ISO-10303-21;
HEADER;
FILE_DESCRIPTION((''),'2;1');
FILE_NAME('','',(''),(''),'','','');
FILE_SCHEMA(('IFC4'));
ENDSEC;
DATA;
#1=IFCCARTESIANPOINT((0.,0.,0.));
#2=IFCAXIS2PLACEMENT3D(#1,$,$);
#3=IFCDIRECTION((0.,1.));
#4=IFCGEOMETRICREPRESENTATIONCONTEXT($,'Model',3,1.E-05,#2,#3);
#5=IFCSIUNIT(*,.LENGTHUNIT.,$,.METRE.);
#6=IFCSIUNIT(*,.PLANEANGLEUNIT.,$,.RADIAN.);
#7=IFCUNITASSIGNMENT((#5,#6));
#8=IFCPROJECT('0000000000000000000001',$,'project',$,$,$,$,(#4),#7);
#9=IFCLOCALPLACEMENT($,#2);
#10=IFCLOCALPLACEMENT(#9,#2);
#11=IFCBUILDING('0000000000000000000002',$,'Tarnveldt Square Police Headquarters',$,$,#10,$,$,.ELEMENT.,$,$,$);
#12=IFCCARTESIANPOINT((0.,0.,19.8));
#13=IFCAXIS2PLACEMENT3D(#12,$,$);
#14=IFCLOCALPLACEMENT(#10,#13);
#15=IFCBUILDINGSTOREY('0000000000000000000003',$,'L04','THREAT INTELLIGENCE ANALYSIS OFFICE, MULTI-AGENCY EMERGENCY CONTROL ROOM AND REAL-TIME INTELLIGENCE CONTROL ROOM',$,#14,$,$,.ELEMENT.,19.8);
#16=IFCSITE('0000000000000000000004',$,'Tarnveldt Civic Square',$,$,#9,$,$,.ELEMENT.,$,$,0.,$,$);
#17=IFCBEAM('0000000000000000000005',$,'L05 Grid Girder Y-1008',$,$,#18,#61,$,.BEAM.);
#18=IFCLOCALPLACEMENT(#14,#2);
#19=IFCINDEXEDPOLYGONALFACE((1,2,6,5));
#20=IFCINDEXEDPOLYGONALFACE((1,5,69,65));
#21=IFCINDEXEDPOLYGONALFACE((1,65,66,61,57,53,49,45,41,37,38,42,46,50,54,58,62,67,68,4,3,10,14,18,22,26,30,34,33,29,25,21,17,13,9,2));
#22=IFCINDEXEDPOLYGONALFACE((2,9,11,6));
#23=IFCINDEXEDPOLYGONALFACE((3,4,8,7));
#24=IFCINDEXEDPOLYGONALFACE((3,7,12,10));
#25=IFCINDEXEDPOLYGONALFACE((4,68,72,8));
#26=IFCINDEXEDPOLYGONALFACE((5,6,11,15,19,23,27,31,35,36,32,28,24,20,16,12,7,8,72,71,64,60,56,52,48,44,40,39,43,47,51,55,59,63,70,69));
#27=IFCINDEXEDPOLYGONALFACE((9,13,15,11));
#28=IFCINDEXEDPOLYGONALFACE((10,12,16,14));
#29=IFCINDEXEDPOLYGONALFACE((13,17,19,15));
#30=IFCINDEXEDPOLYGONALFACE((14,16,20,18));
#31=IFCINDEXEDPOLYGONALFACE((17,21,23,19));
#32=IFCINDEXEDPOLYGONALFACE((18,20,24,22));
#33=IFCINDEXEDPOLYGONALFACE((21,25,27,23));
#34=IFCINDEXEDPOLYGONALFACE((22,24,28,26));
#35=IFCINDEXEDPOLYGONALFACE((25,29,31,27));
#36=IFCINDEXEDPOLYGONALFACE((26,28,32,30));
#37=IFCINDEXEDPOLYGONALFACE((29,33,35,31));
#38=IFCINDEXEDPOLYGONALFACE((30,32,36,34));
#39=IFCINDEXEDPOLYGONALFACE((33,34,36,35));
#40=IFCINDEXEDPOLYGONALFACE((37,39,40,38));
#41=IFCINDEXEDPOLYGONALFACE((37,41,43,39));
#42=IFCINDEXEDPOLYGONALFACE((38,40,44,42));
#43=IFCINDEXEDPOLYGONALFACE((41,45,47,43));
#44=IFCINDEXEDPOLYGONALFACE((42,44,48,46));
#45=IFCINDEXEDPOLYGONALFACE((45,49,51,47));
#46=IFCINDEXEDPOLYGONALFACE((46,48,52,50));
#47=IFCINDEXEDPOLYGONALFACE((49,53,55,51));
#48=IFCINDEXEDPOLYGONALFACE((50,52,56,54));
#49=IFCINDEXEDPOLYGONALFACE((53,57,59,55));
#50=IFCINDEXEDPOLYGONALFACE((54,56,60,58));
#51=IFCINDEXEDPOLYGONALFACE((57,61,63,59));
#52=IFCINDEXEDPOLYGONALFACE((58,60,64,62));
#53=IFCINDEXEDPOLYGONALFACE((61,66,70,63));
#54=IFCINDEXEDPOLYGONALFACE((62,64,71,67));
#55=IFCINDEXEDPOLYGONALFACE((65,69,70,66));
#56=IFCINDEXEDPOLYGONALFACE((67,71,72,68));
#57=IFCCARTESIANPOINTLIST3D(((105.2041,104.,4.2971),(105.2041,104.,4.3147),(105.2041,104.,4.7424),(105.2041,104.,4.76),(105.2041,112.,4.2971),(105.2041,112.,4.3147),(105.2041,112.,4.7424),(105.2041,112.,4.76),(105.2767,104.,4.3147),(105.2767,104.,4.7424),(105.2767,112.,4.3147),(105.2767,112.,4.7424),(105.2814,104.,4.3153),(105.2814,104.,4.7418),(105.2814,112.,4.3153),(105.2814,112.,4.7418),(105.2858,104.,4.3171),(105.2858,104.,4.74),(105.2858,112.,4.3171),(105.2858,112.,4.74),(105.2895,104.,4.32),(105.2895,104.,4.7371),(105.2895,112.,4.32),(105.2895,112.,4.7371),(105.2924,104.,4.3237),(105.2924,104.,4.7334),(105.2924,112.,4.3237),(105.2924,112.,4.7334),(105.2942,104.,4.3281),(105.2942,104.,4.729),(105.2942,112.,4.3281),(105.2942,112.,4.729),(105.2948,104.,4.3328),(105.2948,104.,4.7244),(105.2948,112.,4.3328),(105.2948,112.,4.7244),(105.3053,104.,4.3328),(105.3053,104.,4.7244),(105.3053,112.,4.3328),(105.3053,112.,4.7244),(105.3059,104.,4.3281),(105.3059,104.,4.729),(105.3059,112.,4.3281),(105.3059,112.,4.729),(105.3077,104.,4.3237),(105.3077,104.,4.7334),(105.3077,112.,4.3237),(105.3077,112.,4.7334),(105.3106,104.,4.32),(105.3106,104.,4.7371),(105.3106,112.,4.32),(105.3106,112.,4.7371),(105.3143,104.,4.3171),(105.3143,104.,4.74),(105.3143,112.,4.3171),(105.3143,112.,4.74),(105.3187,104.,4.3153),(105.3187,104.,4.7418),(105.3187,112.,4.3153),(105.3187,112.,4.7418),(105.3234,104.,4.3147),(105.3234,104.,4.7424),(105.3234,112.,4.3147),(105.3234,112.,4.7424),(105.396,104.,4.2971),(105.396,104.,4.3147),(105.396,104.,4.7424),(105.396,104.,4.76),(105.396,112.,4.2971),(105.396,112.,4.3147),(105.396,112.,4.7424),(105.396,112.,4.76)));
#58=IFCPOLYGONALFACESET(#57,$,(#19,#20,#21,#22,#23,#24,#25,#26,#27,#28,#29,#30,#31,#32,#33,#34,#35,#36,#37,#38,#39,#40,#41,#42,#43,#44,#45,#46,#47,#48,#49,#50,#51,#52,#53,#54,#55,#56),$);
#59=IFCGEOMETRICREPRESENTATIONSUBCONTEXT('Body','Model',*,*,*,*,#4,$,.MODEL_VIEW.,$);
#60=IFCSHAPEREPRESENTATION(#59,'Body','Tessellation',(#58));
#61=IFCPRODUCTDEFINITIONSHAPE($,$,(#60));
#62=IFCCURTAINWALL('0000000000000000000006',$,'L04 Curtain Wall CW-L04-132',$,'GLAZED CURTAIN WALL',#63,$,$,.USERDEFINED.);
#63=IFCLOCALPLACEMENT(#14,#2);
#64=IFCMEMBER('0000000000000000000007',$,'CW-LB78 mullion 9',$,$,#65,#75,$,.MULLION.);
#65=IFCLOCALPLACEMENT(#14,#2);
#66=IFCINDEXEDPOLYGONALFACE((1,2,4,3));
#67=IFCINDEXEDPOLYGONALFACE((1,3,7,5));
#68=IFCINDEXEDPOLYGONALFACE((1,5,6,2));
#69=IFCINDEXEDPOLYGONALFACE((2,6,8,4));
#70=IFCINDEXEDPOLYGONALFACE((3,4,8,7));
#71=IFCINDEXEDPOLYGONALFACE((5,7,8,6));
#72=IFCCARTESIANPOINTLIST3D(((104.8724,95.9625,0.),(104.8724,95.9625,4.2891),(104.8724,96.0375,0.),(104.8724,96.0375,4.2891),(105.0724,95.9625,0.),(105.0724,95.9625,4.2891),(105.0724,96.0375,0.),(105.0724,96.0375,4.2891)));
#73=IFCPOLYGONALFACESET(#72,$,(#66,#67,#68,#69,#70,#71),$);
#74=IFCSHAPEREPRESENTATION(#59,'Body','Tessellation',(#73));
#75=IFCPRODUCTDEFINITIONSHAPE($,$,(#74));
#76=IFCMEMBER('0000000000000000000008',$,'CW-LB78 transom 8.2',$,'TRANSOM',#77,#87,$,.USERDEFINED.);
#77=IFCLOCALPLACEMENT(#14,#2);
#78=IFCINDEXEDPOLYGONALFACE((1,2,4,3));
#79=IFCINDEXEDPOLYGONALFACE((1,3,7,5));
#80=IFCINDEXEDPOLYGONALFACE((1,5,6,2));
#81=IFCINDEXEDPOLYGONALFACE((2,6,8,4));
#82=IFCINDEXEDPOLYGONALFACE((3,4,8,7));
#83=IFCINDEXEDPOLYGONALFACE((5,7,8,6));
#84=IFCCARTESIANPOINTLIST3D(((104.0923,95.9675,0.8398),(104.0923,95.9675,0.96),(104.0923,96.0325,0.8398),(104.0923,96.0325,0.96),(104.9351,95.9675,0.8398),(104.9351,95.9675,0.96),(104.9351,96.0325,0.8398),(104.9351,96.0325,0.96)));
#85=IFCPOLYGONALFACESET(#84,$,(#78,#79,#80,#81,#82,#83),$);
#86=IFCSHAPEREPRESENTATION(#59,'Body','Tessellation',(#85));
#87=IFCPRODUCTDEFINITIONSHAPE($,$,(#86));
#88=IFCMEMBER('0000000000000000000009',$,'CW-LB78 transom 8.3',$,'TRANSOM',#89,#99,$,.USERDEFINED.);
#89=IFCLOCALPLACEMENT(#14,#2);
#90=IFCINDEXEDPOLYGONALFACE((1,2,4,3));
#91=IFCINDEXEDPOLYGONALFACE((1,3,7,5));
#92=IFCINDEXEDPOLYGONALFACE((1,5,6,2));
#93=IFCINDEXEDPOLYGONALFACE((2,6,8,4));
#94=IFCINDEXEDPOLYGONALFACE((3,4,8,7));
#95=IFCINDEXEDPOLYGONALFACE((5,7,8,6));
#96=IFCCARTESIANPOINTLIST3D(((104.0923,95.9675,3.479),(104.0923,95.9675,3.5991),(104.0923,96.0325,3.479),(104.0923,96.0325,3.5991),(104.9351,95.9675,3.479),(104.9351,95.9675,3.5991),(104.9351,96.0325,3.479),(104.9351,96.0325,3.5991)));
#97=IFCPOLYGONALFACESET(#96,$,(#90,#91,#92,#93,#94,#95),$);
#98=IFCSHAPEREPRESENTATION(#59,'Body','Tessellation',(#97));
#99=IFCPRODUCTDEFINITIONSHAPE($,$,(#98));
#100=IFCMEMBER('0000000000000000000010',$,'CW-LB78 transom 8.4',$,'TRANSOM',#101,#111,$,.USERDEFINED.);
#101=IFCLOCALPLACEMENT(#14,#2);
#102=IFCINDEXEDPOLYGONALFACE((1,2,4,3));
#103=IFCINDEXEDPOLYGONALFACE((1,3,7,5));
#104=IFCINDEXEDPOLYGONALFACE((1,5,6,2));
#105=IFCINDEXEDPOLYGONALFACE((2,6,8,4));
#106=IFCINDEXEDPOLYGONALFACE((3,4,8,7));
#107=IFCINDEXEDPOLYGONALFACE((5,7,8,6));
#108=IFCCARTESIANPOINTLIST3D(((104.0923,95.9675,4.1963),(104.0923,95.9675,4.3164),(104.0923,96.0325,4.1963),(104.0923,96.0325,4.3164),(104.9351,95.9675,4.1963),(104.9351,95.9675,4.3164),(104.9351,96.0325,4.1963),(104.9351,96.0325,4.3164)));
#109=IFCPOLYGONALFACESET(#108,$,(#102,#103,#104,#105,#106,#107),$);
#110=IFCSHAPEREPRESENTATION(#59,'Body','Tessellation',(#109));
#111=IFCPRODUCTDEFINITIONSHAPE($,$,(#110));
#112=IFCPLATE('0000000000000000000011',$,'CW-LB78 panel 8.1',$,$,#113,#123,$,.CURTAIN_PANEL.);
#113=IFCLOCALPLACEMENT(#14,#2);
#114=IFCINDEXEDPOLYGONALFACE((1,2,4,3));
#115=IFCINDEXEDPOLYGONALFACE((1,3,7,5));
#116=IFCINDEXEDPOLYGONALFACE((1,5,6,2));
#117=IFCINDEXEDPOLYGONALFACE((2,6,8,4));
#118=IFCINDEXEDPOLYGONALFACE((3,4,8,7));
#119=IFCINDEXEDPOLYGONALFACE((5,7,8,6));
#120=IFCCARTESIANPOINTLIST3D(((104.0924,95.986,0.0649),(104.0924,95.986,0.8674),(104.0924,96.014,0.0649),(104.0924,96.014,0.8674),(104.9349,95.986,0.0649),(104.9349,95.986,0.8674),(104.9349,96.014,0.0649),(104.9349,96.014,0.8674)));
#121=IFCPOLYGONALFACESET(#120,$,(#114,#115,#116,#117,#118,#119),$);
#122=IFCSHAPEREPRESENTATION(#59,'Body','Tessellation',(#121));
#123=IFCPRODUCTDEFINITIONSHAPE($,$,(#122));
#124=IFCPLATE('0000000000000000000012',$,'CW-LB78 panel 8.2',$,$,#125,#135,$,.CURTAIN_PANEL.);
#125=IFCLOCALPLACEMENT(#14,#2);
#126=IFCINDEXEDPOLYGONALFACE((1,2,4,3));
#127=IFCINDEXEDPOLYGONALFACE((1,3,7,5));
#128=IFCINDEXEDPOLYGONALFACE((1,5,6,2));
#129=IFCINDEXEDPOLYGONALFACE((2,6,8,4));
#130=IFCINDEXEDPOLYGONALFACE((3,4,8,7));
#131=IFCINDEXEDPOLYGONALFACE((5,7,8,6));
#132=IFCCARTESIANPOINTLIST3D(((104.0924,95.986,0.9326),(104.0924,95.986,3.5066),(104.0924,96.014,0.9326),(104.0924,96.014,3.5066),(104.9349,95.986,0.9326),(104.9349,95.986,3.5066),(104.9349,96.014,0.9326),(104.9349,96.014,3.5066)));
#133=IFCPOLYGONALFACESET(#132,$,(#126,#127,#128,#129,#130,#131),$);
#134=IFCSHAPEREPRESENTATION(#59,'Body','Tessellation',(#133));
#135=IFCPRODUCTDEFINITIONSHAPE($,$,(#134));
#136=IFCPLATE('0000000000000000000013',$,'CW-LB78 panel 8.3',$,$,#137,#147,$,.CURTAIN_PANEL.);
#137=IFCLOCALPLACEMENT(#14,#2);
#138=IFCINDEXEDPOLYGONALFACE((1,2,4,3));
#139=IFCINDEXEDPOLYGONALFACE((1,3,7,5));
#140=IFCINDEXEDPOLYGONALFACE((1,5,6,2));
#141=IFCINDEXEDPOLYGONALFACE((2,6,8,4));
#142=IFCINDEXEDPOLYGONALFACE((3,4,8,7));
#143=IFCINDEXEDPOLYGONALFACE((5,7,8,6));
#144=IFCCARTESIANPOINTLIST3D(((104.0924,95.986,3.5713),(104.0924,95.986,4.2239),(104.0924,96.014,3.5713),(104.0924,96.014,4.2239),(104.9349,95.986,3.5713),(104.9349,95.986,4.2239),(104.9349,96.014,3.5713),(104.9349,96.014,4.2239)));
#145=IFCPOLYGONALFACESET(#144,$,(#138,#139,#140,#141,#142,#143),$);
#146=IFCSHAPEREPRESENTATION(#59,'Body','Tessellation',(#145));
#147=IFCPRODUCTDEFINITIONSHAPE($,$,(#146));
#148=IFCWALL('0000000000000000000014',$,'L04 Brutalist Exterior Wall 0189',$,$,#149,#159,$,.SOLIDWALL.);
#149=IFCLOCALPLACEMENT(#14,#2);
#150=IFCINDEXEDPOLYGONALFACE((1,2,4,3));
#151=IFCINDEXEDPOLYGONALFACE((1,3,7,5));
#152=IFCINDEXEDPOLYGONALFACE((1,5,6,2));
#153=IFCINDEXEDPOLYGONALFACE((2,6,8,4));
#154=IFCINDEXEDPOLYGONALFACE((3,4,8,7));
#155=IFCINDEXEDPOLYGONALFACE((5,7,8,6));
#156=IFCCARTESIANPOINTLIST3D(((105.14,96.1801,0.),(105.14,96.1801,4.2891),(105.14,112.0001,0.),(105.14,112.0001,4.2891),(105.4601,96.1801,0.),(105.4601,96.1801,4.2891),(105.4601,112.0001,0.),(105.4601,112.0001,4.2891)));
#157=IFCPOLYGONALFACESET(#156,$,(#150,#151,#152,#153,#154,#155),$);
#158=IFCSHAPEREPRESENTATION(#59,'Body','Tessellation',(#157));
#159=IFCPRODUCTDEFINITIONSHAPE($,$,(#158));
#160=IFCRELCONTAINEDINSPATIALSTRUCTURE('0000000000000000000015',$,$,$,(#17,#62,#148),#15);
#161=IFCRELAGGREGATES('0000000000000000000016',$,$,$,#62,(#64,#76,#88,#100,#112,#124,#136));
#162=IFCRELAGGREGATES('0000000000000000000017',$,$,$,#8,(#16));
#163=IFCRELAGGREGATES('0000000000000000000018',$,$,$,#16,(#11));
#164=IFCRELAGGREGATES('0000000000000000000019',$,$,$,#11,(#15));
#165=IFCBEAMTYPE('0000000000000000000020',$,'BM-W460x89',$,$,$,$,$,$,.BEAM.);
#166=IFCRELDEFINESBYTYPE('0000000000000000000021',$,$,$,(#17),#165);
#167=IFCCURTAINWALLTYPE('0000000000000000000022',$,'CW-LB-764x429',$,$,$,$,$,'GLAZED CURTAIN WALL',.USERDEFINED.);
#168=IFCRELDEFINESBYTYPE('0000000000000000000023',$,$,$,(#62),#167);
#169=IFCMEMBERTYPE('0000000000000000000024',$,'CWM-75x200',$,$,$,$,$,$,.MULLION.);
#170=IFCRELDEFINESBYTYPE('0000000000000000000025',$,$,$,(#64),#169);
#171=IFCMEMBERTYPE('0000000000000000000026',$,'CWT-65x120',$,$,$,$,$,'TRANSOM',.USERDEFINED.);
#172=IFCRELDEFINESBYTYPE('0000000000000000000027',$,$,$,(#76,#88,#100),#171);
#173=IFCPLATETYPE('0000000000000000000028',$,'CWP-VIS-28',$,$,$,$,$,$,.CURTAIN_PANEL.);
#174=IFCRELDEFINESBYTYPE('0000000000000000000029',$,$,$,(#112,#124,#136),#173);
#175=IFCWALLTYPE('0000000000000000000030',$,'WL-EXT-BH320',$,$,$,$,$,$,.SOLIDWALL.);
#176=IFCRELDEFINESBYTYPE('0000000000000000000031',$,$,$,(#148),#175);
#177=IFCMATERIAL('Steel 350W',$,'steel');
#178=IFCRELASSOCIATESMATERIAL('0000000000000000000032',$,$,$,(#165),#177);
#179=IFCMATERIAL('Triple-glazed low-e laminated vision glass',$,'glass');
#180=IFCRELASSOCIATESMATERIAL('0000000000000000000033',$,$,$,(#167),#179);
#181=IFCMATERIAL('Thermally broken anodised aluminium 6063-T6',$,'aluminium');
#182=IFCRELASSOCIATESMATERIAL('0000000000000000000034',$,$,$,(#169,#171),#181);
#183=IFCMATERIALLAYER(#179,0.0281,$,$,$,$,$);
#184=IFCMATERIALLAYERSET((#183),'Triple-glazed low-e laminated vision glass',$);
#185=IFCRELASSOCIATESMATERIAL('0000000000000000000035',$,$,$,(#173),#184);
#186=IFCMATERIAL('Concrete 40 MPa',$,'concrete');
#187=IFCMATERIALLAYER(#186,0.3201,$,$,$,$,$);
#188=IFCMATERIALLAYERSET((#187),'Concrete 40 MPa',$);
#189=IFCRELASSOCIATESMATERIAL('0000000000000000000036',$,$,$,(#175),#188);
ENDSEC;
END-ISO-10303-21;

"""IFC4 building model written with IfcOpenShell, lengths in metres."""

from ifc_helpers import new_model, si_unit, direction, frame, frame_2d, origin, origin_2d, place, context, subcontext, project, spatial, rectangle, i_section, extrude, material, layer, layer_set, material_profile, profile_set, type_object, element, aggregate, save


model = new_model("IFC4")

# Units and contexts
model_context = context("Model", 3, precision=1e-05, world=origin(), true_north=direction((0.0, 1.0)))
body_context = subcontext(model_context, "Body", "Model", "MODEL_VIEW")
ifc_project = project(units=[si_unit("LENGTHUNIT", "METRE"), si_unit("PLANEANGLEUNIT", "RADIAN")], contexts=[model_context])

# Site, building, storey
site_placement = place(None, origin())
site = spatial("IfcSite", under=ifc_project, at=site_placement, Name="Tarnveldt Civic Square", CompositionType="ELEMENT", RefElevation=0.0)
building_placement = place(site_placement, origin())
building = spatial("IfcBuilding", under=site, at=building_placement, Name="Tarnveldt Square Police Headquarters", CompositionType="ELEMENT")
storey_placement = place(building_placement, frame((0.0, 0.0, 19.8)))
storey = spatial("IfcBuildingStorey", under=building, at=storey_placement, Name="L04", Description="THREAT INTELLIGENCE ANALYSIS OFFICE, MULTI-AGENCY EMERGENCY CONTROL ROOM AND REAL-TIME INTELLIGENCE CONTROL ROOM", CompositionType="ELEMENT", Elevation=19.8)

# Shared definitions
ifc_material_1 = material(Name="Concrete 40 MPa", Category="concrete")
ifc_material_2 = material(Name="Steel 350W", Category="steel")

# Beam
ifc_material_profile_1 = material_profile(ifc_material_2, i_section(OverallWidth=0.1919, OverallDepth=0.4629, WebThickness=0.0105, FlangeThickness=0.0176, FilletRadius=0.0181, at=origin_2d()), Name="W460x89")
ifc_profile_set_1 = profile_set([ifc_material_profile_1], Name="Steel 350W")
beam_type = type_object("IfcBeamType", Name="BM-W460x89", PredefinedType="BEAM", material=ifc_profile_set_1)
for number, where, z_axis, x_axis, name in (
    (1, (105.3, 104.0, 4.5286), (0.0, 1.0, 0.0), (-1.0, 0.0, 0.0), "L05 Grid Girder Y-1008"),
):
    element("IfcBeam", number, at=place(storey_placement, frame(where, z_axis=z_axis, x_axis=x_axis)), inside=storey, type_object=beam_type, Name=name, PredefinedType="BEAM", context=body_context, shape_type="SweptSolid", body=[
        extrude(i_section(OverallWidth=0.1919, OverallDepth=0.4629, WebThickness=0.0105, FlangeThickness=0.0176, FilletRadius=0.0181, at=origin_2d()), origin(), (0.0, 0.0, 1.0), 8.0),
    ])

# Curtain wall, members, plates
ifc_material_3 = material(Name="Triple-glazed low-e laminated vision glass", Category="glass")
curtain_wall_type = type_object("IfcCurtainWallType", Name="CW-LB-764x429", ElementType="GLAZED CURTAIN WALL", PredefinedType="USERDEFINED", material=ifc_material_3)
curtain_wall_placement = place(storey_placement, origin())
curtain_wall = element("IfcCurtainWall", 2, at=curtain_wall_placement, inside=storey, type_object=curtain_wall_type, Name="L04 Curtain Wall CW-L04-132", ObjectType="GLAZED CURTAIN WALL", PredefinedType="USERDEFINED")
ifc_material_4 = material(Name="Thermally broken anodised aluminium 6063-T6", Category="aluminium")
ifc_material_profile_2 = material_profile(ifc_material_4, rectangle(XDim=0.075, YDim=0.2, at=origin_2d()), Name="CW-M75x200")
ifc_profile_set_2 = profile_set([ifc_material_profile_2], Name="Thermally broken anodised aluminium 6063-T6")
member_type_1 = type_object("IfcMemberType", Name="CWM-75x200", PredefinedType="MULLION", material=ifc_profile_set_2)
member_1_placement = place(storey_placement, frame((104.9724, 96.0, 0.0), z_axis=(0.0, 0.0, 1.0), x_axis=(0.0, 1.0, 0.0)))
member_1 = element("IfcMember", 3, at=member_1_placement, type_object=member_type_1, Name="CW-LB78 mullion 9", PredefinedType="MULLION", context=body_context, shape_type="SweptSolid", body=[
    extrude(rectangle(XDim=0.075, YDim=0.2, at=origin_2d()), origin(), (0.0, 0.0, 1.0), 4.2891),
])
ifc_material_profile_3 = material_profile(ifc_material_4, rectangle(XDim=0.0649, YDim=0.1201, at=origin_2d()), Name="CW-T65x120")
ifc_profile_set_3 = profile_set([ifc_material_profile_3], Name="Thermally broken anodised aluminium 6063-T6")
member_type_2 = type_object("IfcMemberType", Name="CWT-65x120", ElementType="TRANSOM", PredefinedType="USERDEFINED", material=ifc_profile_set_3)
member_2_placement = place(storey_placement, frame((104.0923, 96.0, 0.8999), z_axis=(1.0, 0.0, 0.0), x_axis=(0.0, 1.0, 0.0)))
member_2 = element("IfcMember", 4, at=member_2_placement, type_object=member_type_2, Name="CW-LB78 transom 8.2", ObjectType="TRANSOM", PredefinedType="USERDEFINED", context=body_context, shape_type="SweptSolid", body=[
    extrude(rectangle(XDim=0.0649, YDim=0.1201, at=origin_2d()), origin(), (0.0, 0.0, 1.0), 0.8428),
])
member_3_placement = place(storey_placement, frame((104.0923, 96.0, 3.5391), z_axis=(1.0, 0.0, 0.0), x_axis=(0.0, 1.0, 0.0)))
member_3 = element("IfcMember", 5, at=member_3_placement, type_object=member_type_2, Name="CW-LB78 transom 8.3", ObjectType="TRANSOM", PredefinedType="USERDEFINED", context=body_context, shape_type="SweptSolid", body=[
    extrude(rectangle(XDim=0.0649, YDim=0.1201, at=origin_2d()), origin(), (0.0, 0.0, 1.0), 0.8428),
])
member_4_placement = place(storey_placement, frame((104.0923, 96.0, 4.2563), z_axis=(1.0, 0.0, 0.0), x_axis=(0.0, 1.0, 0.0)))
member_4 = element("IfcMember", 6, at=member_4_placement, type_object=member_type_2, Name="CW-LB78 transom 8.4", ObjectType="TRANSOM", PredefinedType="USERDEFINED", context=body_context, shape_type="SweptSolid", body=[
    extrude(rectangle(XDim=0.0649, YDim=0.1201, at=origin_2d()), origin(), (0.0, 0.0, 1.0), 0.8428),
])
ifc_layer_1 = layer(ifc_material_3, 0.0281)
ifc_layer_set_1 = layer_set([ifc_layer_1], Name="Triple-glazed low-e laminated vision glass")
plate_type = type_object("IfcPlateType", Name="CWP-VIS-28", PredefinedType="CURTAIN_PANEL", material=ifc_layer_set_1)
plate_1_placement = place(storey_placement, frame((104.5137, 96.0, 0.0649), z_axis=(0.0, 0.0, 1.0), x_axis=(1.0, 0.0, 0.0)))
plate_1 = element("IfcPlate", 7, at=plate_1_placement, type_object=plate_type, Name="CW-LB78 panel 8.1", PredefinedType="CURTAIN_PANEL", context=body_context, shape_type="SweptSolid", body=[
    extrude(rectangle(XDim=0.8425, YDim=0.0281, at=origin_2d()), origin(), (0.0, 0.0, 1.0), 0.8025),
])
plate_2_placement = place(storey_placement, frame((104.5137, 96.0, 0.9326), z_axis=(0.0, 0.0, 1.0), x_axis=(1.0, 0.0, 0.0)))
plate_2 = element("IfcPlate", 8, at=plate_2_placement, type_object=plate_type, Name="CW-LB78 panel 8.2", PredefinedType="CURTAIN_PANEL", context=body_context, shape_type="SweptSolid", body=[
    extrude(rectangle(XDim=0.8425, YDim=0.0281, at=origin_2d()), origin(), (0.0, 0.0, 1.0), 2.574),
])
plate_3_placement = place(storey_placement, frame((104.5137, 96.0, 3.5713), z_axis=(0.0, 0.0, 1.0), x_axis=(1.0, 0.0, 0.0)))
plate_3 = element("IfcPlate", 9, at=plate_3_placement, type_object=plate_type, Name="CW-LB78 panel 8.3", PredefinedType="CURTAIN_PANEL", context=body_context, shape_type="SweptSolid", body=[
    extrude(rectangle(XDim=0.8425, YDim=0.0281, at=origin_2d()), origin(), (0.0, 0.0, 1.0), 0.6526),
])
aggregate(curtain_wall, [member_1, member_2, member_3, member_4, plate_1, plate_2, plate_3])

# Wall
ifc_layer_2 = layer(ifc_material_1, 0.3201)
ifc_layer_set_2 = layer_set([ifc_layer_2], Name="Concrete 40 MPa")
wall_type_1 = type_object("IfcWallType", Name="WL-EXT-BH320", PredefinedType="SOLIDWALL", material=ifc_layer_set_2)
wall_1_placement = place(storey_placement, frame((105.3, 96.1799, 0.0), z_axis=(0.0, 0.0, 1.0), x_axis=(0.0, 1.0, 0.0)))
element("IfcWall", 10, at=wall_1_placement, inside=storey, type_object=wall_type_1, Name="L04 Brutalist Exterior Wall 0189", PredefinedType="SOLIDWALL", context=body_context, shape_type="SweptSolid", body=[
    extrude(rectangle(XDim=15.8201, YDim=0.3201, at=frame_2d((7.9102, 0.0))), origin(), (0.0, 0.0, 1.0), 4.2891),
])

save(model, "model.ifc")
